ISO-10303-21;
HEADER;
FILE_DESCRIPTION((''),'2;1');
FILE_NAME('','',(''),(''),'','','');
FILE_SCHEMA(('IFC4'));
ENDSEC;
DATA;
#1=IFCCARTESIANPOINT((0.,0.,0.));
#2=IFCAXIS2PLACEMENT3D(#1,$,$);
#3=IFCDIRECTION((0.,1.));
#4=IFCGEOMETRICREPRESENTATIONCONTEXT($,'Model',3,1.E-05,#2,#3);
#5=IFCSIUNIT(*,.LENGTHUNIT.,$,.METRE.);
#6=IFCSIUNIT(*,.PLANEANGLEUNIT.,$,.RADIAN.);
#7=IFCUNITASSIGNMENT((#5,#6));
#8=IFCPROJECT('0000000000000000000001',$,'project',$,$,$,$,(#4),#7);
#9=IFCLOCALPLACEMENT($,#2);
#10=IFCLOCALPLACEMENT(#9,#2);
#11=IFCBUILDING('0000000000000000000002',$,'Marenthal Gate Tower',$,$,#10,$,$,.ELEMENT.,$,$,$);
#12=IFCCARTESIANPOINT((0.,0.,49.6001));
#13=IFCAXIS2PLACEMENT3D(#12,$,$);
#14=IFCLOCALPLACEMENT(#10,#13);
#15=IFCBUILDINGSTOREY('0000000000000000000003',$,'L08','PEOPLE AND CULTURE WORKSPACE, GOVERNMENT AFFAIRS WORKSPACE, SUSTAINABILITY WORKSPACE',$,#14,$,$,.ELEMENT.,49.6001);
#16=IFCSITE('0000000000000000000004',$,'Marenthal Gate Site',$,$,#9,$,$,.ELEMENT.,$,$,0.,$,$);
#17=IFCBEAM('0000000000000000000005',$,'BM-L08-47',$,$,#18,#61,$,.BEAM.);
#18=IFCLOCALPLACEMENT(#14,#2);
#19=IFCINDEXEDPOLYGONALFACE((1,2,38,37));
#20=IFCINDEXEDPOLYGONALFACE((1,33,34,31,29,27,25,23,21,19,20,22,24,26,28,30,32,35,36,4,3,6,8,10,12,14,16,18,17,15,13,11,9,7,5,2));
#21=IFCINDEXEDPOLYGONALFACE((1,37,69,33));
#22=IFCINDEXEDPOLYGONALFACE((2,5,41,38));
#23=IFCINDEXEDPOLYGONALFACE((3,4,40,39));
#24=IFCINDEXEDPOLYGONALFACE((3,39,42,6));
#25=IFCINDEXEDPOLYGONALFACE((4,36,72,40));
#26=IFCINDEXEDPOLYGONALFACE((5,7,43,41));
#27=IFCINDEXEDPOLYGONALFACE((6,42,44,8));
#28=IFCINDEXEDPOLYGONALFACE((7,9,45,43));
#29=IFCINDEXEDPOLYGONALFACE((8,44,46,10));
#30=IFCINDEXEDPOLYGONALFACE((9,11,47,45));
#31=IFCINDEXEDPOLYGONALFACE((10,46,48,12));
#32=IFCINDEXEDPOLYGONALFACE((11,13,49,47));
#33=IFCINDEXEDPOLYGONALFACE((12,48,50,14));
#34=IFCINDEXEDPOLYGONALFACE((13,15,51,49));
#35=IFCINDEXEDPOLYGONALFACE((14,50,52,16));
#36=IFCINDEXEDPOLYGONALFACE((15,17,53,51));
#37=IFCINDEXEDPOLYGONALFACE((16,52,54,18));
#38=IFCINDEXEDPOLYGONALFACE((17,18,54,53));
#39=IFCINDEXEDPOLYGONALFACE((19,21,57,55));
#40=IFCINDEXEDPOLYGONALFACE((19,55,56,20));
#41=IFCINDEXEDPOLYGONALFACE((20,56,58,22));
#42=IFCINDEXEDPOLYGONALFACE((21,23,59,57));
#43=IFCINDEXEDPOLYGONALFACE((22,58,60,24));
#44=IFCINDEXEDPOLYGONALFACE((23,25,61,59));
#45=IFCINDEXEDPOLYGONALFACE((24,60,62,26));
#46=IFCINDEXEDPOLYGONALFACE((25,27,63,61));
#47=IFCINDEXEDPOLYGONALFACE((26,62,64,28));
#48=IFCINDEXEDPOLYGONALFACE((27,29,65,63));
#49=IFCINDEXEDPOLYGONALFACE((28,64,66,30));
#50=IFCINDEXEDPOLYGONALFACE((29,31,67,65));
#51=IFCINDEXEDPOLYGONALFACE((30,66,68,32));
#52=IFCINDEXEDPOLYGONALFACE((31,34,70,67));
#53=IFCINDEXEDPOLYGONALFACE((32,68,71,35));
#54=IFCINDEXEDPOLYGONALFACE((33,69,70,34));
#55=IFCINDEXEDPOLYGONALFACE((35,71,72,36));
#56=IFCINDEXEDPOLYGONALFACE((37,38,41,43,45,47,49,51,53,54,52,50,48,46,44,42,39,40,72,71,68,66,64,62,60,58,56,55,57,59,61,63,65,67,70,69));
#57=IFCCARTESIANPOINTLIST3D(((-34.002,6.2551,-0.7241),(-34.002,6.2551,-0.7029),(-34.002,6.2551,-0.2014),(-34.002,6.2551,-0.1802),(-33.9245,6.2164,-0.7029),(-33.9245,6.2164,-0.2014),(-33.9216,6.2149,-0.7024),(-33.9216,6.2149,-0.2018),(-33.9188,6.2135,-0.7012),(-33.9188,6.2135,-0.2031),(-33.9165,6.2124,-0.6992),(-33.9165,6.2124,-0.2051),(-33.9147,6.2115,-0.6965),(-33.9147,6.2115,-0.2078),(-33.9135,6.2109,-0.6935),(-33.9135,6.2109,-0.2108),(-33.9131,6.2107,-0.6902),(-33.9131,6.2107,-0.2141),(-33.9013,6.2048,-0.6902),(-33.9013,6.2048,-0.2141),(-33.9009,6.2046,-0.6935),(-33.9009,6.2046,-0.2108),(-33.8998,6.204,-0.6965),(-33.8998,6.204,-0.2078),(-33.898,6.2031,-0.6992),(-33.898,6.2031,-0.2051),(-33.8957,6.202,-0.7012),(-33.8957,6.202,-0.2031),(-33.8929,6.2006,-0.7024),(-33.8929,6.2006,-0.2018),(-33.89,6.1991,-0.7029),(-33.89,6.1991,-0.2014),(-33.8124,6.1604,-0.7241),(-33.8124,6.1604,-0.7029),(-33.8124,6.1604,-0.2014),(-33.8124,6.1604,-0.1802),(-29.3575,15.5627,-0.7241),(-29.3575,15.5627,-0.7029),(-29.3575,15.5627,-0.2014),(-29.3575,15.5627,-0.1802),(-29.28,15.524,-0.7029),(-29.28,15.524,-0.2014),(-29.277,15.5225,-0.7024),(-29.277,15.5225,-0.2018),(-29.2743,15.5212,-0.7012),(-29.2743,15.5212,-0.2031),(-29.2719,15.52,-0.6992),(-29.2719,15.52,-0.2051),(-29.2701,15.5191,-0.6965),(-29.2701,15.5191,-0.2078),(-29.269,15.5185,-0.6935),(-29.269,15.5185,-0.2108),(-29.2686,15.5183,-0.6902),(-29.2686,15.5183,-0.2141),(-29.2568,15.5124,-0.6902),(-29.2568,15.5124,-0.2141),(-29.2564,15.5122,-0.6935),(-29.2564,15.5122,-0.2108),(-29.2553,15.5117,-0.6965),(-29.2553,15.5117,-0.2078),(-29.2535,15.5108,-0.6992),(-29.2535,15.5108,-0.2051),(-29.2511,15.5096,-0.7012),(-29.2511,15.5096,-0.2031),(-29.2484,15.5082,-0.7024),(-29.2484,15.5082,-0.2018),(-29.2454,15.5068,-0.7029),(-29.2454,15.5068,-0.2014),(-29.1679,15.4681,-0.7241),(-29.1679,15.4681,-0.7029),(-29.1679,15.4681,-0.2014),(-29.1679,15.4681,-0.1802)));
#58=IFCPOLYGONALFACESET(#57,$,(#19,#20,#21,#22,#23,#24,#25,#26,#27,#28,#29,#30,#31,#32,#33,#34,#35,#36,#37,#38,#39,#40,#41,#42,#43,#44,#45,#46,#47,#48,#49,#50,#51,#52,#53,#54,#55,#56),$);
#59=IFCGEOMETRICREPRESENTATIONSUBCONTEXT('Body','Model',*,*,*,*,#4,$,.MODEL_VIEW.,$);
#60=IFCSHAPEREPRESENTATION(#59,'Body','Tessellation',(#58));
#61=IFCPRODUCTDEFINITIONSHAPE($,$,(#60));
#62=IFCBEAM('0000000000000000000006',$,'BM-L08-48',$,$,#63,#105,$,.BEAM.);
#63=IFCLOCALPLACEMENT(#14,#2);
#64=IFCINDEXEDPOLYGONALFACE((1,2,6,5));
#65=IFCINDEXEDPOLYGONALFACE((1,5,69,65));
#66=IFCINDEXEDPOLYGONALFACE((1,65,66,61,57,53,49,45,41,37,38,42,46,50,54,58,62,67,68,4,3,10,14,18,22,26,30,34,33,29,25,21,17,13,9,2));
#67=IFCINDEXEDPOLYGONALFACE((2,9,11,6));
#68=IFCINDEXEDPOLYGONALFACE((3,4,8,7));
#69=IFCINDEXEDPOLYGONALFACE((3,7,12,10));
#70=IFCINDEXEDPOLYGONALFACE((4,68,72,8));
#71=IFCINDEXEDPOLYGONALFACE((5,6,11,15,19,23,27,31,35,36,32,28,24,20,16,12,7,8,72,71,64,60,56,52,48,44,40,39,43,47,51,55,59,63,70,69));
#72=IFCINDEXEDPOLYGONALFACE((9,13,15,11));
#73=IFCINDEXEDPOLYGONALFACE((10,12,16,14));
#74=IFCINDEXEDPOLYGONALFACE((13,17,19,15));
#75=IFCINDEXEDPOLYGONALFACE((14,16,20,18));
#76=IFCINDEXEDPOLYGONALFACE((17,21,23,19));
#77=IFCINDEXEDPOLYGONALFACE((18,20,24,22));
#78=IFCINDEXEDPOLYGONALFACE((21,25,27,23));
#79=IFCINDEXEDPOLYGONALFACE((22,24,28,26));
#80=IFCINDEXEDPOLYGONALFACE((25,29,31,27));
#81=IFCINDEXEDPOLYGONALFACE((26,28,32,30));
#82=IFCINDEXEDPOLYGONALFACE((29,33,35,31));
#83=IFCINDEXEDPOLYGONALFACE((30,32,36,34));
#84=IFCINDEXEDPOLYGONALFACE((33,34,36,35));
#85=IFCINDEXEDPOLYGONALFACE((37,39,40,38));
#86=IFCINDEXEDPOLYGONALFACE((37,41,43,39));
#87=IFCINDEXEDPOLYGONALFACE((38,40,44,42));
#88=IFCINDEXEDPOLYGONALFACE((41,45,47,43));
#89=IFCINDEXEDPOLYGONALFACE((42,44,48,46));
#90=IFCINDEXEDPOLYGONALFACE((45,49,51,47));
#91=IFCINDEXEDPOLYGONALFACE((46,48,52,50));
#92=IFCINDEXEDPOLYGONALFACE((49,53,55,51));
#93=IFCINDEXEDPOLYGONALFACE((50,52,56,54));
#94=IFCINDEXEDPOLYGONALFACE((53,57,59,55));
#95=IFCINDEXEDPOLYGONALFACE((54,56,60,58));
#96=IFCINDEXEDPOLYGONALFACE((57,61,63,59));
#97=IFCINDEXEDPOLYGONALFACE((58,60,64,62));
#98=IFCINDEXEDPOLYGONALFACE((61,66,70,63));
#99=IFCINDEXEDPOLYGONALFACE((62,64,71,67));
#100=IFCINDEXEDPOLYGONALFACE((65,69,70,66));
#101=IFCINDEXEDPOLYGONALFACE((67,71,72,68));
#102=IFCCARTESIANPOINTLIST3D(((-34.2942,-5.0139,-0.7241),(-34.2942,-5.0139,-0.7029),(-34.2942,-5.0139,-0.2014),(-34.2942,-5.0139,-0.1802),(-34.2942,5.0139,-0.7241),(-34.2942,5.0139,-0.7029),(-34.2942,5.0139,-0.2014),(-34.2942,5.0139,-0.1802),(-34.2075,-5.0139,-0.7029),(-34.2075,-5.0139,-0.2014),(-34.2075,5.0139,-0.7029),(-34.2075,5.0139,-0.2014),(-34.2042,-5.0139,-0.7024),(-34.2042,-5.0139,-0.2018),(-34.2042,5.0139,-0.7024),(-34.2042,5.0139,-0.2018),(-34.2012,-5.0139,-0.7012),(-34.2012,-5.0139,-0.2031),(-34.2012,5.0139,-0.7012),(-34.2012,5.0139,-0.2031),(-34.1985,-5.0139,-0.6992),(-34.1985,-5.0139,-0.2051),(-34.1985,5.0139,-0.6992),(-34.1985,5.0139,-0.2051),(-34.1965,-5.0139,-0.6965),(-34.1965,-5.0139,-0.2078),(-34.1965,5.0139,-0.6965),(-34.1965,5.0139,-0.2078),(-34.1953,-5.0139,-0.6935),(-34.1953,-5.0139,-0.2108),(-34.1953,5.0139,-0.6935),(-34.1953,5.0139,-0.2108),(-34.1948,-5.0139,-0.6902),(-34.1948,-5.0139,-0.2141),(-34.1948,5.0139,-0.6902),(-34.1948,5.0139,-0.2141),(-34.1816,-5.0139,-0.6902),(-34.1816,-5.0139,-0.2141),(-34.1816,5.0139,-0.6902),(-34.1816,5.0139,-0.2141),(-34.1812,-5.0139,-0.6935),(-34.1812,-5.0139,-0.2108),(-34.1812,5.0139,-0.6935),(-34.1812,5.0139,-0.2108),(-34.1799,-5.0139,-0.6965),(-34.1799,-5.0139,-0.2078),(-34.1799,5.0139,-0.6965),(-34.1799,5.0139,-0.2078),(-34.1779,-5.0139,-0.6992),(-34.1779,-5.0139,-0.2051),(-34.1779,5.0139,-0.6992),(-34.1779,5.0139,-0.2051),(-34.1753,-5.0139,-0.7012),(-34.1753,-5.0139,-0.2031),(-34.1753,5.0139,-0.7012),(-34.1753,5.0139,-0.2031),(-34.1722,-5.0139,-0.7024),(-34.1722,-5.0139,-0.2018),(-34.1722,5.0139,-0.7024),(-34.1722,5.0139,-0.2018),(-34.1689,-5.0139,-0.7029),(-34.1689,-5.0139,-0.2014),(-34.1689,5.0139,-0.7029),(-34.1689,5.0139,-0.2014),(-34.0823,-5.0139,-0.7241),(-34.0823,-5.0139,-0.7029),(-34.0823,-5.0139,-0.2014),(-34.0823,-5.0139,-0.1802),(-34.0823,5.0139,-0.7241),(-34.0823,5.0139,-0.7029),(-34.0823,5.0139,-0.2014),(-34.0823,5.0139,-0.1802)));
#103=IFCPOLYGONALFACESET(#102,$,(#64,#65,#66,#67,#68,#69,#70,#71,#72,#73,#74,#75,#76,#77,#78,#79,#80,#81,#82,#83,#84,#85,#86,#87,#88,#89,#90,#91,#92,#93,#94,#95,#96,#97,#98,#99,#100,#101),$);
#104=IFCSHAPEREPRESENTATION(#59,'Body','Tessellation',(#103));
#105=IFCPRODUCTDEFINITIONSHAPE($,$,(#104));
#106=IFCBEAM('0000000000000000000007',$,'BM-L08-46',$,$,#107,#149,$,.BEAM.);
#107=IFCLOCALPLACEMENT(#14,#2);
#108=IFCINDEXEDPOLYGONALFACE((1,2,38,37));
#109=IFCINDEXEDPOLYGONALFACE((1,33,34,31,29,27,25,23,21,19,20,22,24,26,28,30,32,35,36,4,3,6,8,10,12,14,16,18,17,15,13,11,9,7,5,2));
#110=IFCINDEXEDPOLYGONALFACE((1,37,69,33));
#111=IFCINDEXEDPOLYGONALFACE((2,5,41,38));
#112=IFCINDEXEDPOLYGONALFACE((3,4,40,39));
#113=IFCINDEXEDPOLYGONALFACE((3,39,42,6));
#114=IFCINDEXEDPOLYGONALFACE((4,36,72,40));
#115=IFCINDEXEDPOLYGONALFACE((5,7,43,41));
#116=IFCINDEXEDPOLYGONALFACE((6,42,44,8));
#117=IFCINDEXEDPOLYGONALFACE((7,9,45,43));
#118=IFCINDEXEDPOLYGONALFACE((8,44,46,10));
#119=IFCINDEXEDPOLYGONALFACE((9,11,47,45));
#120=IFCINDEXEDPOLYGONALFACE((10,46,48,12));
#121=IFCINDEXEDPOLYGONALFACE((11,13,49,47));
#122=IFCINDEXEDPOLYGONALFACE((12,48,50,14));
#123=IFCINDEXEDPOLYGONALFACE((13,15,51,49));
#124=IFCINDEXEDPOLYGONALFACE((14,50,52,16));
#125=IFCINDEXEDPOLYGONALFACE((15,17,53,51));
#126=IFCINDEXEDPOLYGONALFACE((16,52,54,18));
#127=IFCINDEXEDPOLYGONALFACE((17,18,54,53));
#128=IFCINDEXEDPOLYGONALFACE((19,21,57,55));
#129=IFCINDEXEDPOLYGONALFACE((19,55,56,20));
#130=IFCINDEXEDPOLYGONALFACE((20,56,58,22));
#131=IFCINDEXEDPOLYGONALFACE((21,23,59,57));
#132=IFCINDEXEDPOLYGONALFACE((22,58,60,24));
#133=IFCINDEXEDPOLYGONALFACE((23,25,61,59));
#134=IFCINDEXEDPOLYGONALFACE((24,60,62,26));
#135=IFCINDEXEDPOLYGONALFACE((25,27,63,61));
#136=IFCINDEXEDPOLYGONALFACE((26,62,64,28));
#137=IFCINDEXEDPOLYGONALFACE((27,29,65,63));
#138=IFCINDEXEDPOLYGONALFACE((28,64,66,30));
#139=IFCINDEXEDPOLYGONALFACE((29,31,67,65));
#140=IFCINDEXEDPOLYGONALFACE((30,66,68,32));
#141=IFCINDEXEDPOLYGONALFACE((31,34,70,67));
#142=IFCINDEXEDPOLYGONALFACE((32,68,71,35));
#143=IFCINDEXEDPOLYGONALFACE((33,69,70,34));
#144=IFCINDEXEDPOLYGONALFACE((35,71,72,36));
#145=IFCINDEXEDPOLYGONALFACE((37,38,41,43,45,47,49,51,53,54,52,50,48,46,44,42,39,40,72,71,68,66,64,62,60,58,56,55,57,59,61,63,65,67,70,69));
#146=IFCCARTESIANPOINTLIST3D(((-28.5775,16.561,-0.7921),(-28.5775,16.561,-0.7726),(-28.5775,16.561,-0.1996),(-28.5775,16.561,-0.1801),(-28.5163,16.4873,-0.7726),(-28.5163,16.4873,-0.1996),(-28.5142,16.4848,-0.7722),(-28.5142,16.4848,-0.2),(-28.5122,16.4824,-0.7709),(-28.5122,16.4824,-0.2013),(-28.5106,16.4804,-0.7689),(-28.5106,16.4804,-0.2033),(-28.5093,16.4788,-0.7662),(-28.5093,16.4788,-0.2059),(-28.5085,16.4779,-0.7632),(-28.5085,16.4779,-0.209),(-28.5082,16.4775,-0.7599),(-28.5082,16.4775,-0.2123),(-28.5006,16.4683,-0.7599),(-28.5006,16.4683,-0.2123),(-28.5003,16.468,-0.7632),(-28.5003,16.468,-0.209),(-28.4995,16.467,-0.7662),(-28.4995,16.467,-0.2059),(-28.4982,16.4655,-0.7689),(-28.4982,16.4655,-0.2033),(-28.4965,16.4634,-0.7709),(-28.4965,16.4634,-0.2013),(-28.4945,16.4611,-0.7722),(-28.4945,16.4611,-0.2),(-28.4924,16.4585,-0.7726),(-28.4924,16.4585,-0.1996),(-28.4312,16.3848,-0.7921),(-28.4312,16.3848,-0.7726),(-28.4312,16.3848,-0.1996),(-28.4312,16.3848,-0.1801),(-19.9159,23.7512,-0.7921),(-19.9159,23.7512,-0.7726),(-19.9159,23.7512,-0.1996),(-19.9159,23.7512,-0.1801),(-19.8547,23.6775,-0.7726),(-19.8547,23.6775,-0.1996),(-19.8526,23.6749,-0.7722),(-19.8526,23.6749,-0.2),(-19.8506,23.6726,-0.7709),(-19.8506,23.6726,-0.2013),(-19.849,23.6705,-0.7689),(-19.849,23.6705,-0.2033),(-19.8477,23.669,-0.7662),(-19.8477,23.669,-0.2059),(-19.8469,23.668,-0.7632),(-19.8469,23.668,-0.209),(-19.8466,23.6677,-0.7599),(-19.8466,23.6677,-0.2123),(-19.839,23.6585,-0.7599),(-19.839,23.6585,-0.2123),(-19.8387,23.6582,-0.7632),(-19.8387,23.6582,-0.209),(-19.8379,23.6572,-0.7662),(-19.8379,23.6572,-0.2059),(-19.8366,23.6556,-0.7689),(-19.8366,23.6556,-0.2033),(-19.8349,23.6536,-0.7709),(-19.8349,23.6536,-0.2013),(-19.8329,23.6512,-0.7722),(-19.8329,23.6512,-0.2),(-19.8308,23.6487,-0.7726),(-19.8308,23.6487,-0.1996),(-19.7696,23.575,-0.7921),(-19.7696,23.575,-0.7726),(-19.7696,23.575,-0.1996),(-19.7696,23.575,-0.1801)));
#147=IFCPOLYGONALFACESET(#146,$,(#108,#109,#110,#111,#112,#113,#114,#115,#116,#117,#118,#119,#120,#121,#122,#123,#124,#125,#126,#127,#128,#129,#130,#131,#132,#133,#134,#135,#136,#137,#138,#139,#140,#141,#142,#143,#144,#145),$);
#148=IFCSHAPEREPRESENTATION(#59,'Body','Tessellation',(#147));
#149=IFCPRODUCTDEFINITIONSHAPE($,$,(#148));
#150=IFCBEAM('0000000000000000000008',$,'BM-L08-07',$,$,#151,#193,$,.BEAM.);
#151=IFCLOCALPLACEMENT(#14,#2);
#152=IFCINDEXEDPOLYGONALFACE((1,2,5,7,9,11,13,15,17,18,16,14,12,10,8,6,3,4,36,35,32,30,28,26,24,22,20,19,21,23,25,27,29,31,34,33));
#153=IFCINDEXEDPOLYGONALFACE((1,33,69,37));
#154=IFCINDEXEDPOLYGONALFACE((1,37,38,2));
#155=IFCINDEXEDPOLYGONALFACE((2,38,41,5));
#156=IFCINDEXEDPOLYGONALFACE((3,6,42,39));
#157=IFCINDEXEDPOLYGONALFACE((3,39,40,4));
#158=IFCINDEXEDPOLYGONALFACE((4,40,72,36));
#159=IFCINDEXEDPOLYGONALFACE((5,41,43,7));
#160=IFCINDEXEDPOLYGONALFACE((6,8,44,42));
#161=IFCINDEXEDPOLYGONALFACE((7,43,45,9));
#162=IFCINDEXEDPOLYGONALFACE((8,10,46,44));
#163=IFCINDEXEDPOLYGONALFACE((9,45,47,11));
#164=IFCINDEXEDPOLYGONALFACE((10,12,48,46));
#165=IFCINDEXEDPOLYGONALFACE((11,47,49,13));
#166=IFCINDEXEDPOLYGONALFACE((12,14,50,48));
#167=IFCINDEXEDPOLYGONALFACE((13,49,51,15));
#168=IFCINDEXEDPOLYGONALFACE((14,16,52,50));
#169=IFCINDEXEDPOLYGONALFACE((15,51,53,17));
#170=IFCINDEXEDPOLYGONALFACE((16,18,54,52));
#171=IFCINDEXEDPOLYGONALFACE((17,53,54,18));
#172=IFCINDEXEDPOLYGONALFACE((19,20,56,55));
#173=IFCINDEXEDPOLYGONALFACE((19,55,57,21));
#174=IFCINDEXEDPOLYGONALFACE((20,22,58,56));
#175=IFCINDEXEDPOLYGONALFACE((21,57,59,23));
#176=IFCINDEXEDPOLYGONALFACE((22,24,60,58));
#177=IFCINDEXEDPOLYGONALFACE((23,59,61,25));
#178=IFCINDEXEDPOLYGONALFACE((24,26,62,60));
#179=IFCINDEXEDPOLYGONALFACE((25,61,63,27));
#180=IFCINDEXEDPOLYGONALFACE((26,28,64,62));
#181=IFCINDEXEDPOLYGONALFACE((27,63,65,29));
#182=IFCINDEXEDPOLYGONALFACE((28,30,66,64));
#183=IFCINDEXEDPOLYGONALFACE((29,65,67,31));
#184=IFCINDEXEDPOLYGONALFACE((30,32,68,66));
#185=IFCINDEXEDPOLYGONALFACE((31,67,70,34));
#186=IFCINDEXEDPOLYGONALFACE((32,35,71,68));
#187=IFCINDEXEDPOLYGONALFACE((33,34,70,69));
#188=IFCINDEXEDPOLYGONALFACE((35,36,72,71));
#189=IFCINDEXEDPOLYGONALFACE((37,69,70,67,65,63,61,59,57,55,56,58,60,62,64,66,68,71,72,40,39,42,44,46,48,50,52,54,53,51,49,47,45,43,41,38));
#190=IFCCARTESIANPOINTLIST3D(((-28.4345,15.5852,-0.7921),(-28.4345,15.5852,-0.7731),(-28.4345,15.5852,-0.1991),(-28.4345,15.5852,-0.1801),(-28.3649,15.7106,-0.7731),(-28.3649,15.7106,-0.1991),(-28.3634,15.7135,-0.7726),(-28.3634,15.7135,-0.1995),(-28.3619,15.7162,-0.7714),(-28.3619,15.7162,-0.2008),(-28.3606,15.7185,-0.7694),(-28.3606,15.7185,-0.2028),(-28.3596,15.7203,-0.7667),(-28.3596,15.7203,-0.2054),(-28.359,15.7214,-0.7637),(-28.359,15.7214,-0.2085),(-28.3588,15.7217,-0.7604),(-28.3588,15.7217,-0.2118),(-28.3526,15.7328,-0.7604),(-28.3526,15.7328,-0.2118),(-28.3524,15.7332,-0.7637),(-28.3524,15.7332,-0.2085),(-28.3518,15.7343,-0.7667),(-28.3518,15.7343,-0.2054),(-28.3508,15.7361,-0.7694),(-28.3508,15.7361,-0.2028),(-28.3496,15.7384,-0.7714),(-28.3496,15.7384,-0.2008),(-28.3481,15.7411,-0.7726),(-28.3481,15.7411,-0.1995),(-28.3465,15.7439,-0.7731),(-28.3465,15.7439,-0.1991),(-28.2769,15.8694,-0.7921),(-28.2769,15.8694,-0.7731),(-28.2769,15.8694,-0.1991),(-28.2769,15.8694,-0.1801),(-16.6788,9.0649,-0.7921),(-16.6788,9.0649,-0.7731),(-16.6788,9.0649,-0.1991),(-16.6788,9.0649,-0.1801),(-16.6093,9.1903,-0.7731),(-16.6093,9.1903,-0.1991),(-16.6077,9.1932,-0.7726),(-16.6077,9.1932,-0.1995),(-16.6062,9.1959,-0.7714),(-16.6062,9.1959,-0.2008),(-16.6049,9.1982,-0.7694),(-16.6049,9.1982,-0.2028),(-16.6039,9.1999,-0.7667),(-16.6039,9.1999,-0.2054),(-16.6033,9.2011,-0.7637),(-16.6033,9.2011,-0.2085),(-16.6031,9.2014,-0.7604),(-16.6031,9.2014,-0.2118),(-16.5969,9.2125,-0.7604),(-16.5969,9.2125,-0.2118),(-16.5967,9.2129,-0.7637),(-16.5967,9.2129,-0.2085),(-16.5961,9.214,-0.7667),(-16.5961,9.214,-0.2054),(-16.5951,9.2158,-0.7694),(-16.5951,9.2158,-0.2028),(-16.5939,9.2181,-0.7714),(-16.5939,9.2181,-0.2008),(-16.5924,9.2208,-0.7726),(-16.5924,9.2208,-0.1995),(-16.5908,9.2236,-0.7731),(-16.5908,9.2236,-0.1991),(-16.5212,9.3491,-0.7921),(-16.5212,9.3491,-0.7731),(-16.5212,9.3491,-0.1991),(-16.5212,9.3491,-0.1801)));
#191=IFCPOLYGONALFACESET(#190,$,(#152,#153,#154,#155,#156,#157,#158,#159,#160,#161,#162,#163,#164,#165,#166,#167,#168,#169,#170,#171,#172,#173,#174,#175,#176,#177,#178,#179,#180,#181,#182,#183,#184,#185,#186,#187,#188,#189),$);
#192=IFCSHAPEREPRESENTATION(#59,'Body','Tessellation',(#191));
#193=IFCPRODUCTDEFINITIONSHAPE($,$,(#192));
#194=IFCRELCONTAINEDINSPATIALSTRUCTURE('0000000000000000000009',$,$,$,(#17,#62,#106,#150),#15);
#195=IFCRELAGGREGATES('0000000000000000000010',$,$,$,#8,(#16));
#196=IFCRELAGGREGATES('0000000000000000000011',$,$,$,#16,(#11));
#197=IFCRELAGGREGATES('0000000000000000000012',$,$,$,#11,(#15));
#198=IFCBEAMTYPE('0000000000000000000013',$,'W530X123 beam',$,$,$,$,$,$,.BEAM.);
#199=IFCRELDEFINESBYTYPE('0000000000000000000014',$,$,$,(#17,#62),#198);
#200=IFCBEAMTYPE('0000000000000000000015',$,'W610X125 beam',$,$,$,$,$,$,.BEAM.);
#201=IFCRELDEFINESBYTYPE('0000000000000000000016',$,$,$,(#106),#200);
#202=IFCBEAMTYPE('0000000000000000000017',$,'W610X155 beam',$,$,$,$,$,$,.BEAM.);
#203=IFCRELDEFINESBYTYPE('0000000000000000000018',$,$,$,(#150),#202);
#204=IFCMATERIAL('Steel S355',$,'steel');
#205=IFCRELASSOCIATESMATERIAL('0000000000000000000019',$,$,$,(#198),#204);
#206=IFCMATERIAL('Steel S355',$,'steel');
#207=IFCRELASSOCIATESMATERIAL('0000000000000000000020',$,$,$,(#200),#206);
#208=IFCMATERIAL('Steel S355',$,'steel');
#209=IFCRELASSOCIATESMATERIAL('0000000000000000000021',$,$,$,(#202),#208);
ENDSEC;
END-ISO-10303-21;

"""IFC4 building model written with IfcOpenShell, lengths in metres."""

from ifc_helpers import new_model, si_unit, direction, frame, origin, origin_2d, place, context, subcontext, project, spatial, i_section, extrude, material, material_profile, profile_set, type_object, element, save


model = new_model("IFC4")

# Units and contexts
model_context = context("Model", 3, precision=1e-05, world=origin(), true_north=direction((0.0, 1.0)))
body_context = subcontext(model_context, "Body", "Model", "MODEL_VIEW")
ifc_project = project(units=[si_unit("LENGTHUNIT", "METRE"), si_unit("PLANEANGLEUNIT", "RADIAN")], contexts=[model_context])

# Site, building, storey
site_placement = place(None, origin())
site = spatial("IfcSite", under=ifc_project, at=site_placement, Name="Marenthal Gate Site", CompositionType="ELEMENT", RefElevation=0.0)
building_placement = place(site_placement, origin())
building = spatial("IfcBuilding", under=site, at=building_placement, Name="Marenthal Gate Tower", CompositionType="ELEMENT")
storey_placement = place(building_placement, frame((0.0, 0.0, 49.6001)))
storey = spatial("IfcBuildingStorey", under=building, at=storey_placement, Name="L08", Description="PEOPLE AND CULTURE WORKSPACE, GOVERNMENT AFFAIRS WORKSPACE, SUSTAINABILITY WORKSPACE", CompositionType="ELEMENT", Elevation=49.6001)

# Beams
ifc_material_1 = material(Name="Steel S355", Category="steel")
ifc_material_profile_1 = material_profile(ifc_material_1, i_section(OverallWidth=0.2119, OverallDepth=0.5439, WebThickness=0.0132, FlangeThickness=0.0212, FilletRadius=0.0127, at=origin_2d()), Name="W530X123")
ifc_profile_set_1 = profile_set([ifc_material_profile_1], Name="Steel S355")
beam_type_1 = type_object("IfcBeamType", Name="W530X123 beam", PredefinedType="BEAM", material=ifc_profile_set_1)
beam_1_placement = place(storey_placement, frame((-29.2627, 15.5154, -0.4521), z_axis=(-0.4465, -0.894784, 0.0), x_axis=(0.894784, -0.4465, 0.0)))
element("IfcBeam", 1, at=beam_1_placement, inside=storey, type_object=beam_type_1, Name="BM-L08-47", PredefinedType="BEAM", context=body_context, shape_type="SweptSolid", body=[
    extrude(i_section(OverallWidth=0.2119, OverallDepth=0.5439, WebThickness=0.0132, FlangeThickness=0.0212, FilletRadius=0.0127, at=origin_2d()), origin(), (0.0, 0.0, 1.0), 10.4021),
])
beam_2_placement = place(storey_placement, frame((-34.1882, 5.0139, -0.4521), z_axis=(0.0, -1.0, 0.0), x_axis=(1.0, 0.0, 0.0)))
element("IfcBeam", 2, at=beam_2_placement, inside=storey, type_object=beam_type_1, Name="BM-L08-48", PredefinedType="BEAM", context=body_context, shape_type="SweptSolid", body=[
    extrude(i_section(OverallWidth=0.2119, OverallDepth=0.5439, WebThickness=0.0132, FlangeThickness=0.0212, FilletRadius=0.0127, at=origin_2d()), origin(), (0.0, 0.0, 1.0), 10.0278),
])
ifc_material_2 = material(Name="Steel S355", Category="steel")
ifc_material_profile_2 = material_profile(ifc_material_2, i_section(OverallWidth=0.229, OverallDepth=0.6121, WebThickness=0.012, FlangeThickness=0.0195, FilletRadius=0.0127, at=origin_2d()), Name="W610X125")
ifc_profile_set_2 = profile_set([ifc_material_profile_2], Name="Steel S355")
beam_type_2 = type_object("IfcBeamType", Name="W610X125 beam", PredefinedType="BEAM", material=ifc_profile_set_2)
beam_3_placement = place(storey_placement, frame((-19.8428, 23.6631, -0.4861), z_axis=(-0.769436, -0.638724, 0.0), x_axis=(0.638724, -0.769436, 0.0)))
element("IfcBeam", 3, at=beam_3_placement, inside=storey, type_object=beam_type_2, Name="BM-L08-46", PredefinedType="BEAM", context=body_context, shape_type="SweptSolid", body=[
    extrude(i_section(OverallWidth=0.229, OverallDepth=0.6121, WebThickness=0.012, FlangeThickness=0.0195, FilletRadius=0.0127, at=origin_2d()), origin(), (0.0, 0.0, 1.0), 11.2571),
])
ifc_material_3 = material(Name="Steel S355", Category="steel")
ifc_material_profile_3 = material_profile(ifc_material_3, i_section(OverallWidth=0.325, OverallDepth=0.6121, WebThickness=0.0127, FlangeThickness=0.019, FilletRadius=0.0127, at=origin_2d()), Name="W610X155")
ifc_profile_set_3 = profile_set([ifc_material_profile_3], Name="Steel S355")
beam_type_3 = type_object("IfcBeamType", Name="W610X155 beam", PredefinedType="BEAM", material=ifc_profile_set_3)
beam_4_placement = place(storey_placement, frame((-28.3557, 15.7273, -0.4861), z_axis=(0.874493, -0.485038, 0.0), x_axis=(0.485038, 0.874493, 0.0)))
element("IfcBeam", 4, at=beam_4_placement, inside=storey, type_object=beam_type_3, Name="BM-L08-07", PredefinedType="BEAM", context=body_context, shape_type="SweptSolid", body=[
    extrude(i_section(OverallWidth=0.325, OverallDepth=0.6121, WebThickness=0.0127, FlangeThickness=0.019, FilletRadius=0.0127, at=origin_2d()), origin(), (0.0, 0.0, 1.0), 13.4429),
])

save(model, "model.ifc")
